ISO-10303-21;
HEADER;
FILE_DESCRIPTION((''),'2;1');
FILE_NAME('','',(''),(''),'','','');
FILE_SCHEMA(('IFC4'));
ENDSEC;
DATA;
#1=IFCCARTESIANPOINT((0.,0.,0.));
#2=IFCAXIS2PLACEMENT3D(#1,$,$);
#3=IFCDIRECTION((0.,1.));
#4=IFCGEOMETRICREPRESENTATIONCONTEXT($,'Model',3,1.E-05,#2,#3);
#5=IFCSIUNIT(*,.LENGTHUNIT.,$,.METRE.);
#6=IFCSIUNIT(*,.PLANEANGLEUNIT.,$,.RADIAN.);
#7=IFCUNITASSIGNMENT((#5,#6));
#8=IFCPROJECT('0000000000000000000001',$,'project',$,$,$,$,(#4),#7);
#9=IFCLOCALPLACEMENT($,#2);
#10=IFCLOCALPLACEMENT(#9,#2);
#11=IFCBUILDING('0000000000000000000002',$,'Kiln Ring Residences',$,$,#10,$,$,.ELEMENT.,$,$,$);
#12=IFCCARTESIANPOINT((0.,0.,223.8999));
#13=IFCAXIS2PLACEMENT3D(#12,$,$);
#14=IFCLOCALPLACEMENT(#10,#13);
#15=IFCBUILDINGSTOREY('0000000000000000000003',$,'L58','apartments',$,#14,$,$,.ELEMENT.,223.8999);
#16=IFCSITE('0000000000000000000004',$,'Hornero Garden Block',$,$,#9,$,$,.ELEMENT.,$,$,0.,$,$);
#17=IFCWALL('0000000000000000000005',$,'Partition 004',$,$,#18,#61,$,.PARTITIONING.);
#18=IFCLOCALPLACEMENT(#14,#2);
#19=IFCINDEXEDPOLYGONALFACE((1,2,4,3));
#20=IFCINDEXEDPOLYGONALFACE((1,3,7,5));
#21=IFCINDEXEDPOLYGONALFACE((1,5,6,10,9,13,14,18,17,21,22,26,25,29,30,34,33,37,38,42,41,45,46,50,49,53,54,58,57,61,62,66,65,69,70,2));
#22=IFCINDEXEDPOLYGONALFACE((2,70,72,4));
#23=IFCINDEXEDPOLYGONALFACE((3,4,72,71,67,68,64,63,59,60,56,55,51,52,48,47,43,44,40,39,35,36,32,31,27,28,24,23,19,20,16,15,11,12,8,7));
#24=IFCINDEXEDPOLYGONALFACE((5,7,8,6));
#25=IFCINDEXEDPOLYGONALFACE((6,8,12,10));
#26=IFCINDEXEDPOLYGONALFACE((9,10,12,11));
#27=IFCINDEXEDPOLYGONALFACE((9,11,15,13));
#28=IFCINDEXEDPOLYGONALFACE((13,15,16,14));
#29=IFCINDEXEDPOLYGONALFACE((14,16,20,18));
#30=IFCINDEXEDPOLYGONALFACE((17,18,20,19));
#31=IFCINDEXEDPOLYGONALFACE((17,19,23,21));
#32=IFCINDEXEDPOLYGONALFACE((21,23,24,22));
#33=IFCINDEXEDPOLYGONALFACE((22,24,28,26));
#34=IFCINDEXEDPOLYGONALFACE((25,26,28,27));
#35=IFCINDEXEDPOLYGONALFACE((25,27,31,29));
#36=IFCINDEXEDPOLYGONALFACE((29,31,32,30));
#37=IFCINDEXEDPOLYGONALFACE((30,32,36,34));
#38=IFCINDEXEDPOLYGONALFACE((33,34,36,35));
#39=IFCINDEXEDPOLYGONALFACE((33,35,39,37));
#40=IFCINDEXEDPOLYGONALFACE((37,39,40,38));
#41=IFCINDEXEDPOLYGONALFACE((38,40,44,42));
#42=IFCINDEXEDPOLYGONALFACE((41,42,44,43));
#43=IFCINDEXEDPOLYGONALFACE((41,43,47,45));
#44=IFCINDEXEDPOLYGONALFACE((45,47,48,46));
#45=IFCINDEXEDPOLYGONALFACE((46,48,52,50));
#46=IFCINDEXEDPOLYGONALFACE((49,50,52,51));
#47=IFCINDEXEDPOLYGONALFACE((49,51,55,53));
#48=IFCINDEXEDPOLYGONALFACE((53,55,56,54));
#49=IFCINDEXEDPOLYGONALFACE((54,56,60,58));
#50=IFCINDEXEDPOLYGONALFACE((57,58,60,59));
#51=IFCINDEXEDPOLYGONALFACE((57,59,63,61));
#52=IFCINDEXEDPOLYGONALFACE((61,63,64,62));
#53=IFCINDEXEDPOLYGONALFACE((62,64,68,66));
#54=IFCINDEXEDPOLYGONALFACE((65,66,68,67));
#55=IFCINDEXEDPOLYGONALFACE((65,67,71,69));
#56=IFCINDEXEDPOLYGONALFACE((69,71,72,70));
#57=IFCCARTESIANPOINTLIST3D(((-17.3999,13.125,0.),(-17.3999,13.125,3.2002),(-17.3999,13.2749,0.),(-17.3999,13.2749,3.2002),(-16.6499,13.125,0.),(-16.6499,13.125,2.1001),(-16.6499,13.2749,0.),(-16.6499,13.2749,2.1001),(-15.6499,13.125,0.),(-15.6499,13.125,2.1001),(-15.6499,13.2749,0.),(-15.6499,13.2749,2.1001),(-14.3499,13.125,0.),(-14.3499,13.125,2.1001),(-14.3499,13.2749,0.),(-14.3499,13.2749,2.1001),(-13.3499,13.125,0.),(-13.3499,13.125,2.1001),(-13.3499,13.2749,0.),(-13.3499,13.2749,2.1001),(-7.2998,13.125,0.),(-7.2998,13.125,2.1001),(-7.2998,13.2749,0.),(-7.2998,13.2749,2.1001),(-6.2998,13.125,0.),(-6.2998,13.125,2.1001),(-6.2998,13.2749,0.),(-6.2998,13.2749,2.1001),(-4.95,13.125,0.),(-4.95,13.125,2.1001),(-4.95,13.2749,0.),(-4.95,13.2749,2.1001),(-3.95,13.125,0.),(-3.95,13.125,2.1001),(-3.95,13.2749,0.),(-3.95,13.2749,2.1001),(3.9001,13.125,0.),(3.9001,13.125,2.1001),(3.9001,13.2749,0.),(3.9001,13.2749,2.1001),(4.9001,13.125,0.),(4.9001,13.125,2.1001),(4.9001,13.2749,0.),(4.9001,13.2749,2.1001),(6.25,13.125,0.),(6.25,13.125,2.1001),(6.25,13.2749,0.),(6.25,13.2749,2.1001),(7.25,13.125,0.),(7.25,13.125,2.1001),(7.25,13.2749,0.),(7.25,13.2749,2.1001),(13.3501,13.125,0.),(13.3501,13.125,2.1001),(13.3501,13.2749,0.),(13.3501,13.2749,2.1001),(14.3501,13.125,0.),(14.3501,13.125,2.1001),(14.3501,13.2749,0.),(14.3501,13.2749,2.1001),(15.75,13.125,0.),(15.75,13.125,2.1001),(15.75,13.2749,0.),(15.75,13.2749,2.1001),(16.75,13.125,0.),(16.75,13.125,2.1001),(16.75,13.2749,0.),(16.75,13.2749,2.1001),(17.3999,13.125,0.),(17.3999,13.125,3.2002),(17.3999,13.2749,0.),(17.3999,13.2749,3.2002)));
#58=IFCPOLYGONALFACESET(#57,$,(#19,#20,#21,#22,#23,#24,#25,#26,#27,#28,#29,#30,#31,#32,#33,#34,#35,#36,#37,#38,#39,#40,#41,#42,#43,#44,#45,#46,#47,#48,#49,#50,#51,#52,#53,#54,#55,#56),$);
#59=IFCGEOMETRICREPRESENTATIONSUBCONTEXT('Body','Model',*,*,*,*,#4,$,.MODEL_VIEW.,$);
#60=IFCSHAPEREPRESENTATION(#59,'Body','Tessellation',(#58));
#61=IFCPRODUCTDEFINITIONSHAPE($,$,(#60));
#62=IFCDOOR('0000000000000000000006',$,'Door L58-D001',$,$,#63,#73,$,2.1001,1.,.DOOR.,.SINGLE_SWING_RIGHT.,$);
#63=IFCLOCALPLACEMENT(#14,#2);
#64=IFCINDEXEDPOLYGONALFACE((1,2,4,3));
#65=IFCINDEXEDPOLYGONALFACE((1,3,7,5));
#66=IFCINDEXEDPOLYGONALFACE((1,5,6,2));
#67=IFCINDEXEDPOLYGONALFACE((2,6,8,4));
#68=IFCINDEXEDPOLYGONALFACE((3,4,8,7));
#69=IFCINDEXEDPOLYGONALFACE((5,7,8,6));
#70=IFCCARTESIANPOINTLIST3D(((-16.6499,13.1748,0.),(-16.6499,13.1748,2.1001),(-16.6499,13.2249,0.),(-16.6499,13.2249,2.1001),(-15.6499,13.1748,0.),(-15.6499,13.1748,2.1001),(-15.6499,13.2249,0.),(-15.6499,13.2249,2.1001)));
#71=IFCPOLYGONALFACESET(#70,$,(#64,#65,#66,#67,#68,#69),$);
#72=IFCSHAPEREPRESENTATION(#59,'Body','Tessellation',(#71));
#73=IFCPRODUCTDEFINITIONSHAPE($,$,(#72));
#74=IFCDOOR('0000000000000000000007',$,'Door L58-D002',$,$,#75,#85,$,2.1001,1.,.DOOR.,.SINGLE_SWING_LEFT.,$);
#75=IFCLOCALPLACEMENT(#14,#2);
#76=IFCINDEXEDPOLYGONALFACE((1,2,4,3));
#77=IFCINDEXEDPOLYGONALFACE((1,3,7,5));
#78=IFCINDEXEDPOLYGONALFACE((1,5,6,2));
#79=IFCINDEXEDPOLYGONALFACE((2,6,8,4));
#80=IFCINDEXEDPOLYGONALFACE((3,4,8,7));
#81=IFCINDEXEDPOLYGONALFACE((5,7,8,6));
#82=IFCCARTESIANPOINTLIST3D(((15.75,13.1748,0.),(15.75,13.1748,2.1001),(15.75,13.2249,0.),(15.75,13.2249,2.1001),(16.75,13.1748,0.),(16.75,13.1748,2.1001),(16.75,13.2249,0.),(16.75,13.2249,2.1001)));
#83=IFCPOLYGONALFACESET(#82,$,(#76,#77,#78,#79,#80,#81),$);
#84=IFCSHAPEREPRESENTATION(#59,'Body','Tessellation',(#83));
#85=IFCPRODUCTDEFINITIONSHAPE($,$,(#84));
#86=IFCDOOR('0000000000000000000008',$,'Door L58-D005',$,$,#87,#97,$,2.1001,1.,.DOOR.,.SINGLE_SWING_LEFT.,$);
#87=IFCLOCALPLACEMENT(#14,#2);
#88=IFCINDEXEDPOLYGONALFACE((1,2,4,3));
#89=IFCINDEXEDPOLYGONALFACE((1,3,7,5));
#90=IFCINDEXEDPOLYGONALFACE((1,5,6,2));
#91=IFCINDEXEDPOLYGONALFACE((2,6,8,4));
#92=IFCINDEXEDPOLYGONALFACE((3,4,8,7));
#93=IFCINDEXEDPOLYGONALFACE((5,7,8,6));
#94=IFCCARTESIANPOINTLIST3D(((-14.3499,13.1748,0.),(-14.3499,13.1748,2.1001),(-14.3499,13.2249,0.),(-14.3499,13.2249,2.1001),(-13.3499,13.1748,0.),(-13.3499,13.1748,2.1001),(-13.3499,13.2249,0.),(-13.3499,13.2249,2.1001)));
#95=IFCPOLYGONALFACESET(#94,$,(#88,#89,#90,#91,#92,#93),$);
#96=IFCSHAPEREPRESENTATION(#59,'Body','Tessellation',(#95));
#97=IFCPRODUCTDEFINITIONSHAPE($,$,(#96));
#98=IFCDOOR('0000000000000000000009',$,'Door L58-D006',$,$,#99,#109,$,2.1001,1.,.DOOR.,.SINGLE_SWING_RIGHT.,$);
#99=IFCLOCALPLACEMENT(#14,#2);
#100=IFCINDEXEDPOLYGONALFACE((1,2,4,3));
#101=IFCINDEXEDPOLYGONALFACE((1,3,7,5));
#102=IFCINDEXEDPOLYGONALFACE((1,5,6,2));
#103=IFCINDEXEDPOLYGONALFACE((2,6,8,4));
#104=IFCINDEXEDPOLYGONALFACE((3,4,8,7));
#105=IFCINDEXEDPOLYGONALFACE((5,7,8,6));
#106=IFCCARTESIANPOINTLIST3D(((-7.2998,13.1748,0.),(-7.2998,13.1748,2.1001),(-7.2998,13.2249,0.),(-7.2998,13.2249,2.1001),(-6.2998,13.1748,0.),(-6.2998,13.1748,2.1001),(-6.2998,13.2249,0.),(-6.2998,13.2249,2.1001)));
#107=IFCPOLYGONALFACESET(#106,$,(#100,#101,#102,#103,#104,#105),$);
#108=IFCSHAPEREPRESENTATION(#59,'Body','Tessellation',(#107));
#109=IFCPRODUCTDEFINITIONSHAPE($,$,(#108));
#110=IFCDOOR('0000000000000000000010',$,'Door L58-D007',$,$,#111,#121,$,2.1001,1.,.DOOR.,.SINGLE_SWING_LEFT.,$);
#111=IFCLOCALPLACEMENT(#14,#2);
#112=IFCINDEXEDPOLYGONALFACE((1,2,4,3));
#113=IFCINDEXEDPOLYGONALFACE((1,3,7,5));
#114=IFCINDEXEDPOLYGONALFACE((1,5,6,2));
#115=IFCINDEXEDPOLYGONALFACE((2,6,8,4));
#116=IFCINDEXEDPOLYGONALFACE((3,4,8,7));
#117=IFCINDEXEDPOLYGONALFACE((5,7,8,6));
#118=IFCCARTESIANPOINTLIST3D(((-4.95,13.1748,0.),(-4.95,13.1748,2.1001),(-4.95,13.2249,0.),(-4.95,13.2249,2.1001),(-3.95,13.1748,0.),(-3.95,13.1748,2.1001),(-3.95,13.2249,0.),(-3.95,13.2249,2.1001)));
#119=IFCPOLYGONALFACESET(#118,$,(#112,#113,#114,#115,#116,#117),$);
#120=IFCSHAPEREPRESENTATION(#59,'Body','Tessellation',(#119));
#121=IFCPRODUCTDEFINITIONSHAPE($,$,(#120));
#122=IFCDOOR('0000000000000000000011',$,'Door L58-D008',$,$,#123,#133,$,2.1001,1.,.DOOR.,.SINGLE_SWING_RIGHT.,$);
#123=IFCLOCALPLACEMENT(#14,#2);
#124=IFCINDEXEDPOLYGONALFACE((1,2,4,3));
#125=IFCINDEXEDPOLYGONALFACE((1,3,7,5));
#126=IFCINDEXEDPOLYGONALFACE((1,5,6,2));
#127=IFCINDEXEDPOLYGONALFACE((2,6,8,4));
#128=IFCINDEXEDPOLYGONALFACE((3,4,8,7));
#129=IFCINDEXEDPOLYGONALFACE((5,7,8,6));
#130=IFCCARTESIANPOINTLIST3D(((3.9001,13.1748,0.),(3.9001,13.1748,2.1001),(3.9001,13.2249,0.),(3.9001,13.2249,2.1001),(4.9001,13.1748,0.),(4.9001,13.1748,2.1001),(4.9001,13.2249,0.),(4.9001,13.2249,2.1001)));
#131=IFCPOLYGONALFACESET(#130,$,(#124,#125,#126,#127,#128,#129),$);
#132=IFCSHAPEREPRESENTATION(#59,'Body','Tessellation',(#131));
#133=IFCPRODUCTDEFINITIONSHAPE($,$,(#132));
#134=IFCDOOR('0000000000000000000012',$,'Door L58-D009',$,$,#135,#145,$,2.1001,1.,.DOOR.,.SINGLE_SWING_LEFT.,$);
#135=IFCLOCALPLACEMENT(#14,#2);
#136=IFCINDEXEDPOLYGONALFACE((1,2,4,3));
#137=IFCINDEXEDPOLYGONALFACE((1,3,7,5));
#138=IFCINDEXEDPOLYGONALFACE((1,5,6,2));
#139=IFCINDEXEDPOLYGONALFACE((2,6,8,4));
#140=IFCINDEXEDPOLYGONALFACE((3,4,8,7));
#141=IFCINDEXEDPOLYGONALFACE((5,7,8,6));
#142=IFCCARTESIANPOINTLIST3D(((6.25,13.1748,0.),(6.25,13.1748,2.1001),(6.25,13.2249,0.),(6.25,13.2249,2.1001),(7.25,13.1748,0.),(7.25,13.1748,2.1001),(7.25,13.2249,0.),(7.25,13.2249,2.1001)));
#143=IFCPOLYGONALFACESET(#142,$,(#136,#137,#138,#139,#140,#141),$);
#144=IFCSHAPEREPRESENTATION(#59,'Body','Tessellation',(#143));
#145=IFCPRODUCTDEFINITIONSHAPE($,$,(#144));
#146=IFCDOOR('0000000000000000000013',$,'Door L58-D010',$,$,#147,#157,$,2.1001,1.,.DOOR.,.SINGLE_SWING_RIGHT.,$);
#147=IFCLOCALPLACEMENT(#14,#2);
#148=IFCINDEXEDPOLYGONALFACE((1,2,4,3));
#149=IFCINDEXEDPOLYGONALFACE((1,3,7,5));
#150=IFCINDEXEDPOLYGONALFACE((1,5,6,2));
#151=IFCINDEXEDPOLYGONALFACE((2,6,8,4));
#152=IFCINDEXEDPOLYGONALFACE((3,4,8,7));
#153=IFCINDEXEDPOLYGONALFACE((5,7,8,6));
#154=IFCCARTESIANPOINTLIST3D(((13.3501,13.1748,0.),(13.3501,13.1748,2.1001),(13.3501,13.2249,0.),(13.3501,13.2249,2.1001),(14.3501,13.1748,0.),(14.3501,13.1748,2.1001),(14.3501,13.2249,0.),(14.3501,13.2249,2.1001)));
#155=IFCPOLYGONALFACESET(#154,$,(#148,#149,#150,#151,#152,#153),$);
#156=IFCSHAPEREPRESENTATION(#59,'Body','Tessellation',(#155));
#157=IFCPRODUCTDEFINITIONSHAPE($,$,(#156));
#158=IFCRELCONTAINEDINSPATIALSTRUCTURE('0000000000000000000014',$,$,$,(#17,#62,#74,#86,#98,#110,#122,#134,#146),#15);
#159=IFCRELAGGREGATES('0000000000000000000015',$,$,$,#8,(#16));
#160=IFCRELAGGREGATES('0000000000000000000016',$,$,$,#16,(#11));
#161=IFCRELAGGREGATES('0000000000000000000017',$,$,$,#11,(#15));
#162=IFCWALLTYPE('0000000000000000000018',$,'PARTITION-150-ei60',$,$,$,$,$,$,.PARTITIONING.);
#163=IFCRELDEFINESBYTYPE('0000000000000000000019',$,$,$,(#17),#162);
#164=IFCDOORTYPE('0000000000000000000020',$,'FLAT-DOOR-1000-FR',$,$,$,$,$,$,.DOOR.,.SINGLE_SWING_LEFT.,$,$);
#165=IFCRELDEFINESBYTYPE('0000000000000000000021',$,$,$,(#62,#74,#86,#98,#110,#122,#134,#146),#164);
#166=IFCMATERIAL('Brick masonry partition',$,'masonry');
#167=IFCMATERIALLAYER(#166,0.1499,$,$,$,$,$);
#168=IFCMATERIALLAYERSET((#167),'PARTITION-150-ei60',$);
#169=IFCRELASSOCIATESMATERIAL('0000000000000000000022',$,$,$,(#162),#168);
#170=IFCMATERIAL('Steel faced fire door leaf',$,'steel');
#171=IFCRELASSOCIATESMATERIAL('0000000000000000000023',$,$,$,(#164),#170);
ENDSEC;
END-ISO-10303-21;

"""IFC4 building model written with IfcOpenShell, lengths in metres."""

from ifc_helpers import new_model, si_unit, direction, frame, frame_2d, origin, place, context, subcontext, project, spatial, rectangle, extrude, material, layer, layer_set, type_object, element, fill, save


model = new_model("IFC4")

# Units and contexts
model_context = context("Model", 3, precision=1e-05, world=origin(), true_north=direction((0.0, 1.0)))
body_context = subcontext(model_context, "Body", "Model", "MODEL_VIEW")
ifc_project = project(units=[si_unit("LENGTHUNIT", "METRE"), si_unit("PLANEANGLEUNIT", "RADIAN")], contexts=[model_context])

# Site, building, storey
site_placement = place(None, origin())
site = spatial("IfcSite", under=ifc_project, at=site_placement, Name="Hornero Garden Block", CompositionType="ELEMENT", RefElevation=0.0)
building_placement = place(site_placement, origin())
building = spatial("IfcBuilding", under=site, at=building_placement, Name="Kiln Ring Residences", CompositionType="ELEMENT")
storey_placement = place(building_placement, frame((0.0, 0.0, 223.8999)))
storey = spatial("IfcBuildingStorey", under=building, at=storey_placement, Name="L58", Description="apartments", CompositionType="ELEMENT", Elevation=223.8999)

# Wall, openings, doors
ifc_material_1 = material(Name="Brick masonry partition", Category="masonry")
ifc_layer_1 = layer(ifc_material_1, 0.1499)
ifc_layer_set_1 = layer_set([ifc_layer_1], Name="PARTITION-150-ei60")
wall_type_1 = type_object("IfcWallType", Name="PARTITION-150-ei60", PredefinedType="PARTITIONING", material=ifc_layer_set_1)
wall_1_placement = place(storey_placement, frame((-17.3999, 13.2, 0.0), z_axis=(0.0, 0.0, 1.0), x_axis=(1.0, 0.0, 0.0)))
wall_1 = element("IfcWall", 1, at=wall_1_placement, inside=storey, type_object=wall_type_1, Name="Partition 004", PredefinedType="PARTITIONING", context=body_context, shape_type="SweptSolid", body=[
    extrude(rectangle(XDim=34.7998, YDim=0.1499, at=frame_2d((17.3999, 0.0))), origin(), (0.0, 0.0, 1.0), 3.2002),
])
opening_1_placement = place(wall_1_placement, frame((0.75, 0.0, 0.0)))
opening_1 = element("IfcOpeningElement", 2, at=opening_1_placement, cuts=wall_1, PredefinedType="OPENING", context=body_context, shape_type="SweptSolid", body=[
    extrude(rectangle(XDim=1.0, YDim=2.1001, at=frame_2d((0.5, 1.05))), frame((0.0, 0.085, 0.0), z_axis=(0.0, -1.0, 0.0), x_axis=(1.0, 0.0, 0.0)), (0.0, 0.0, 1.0), 0.1699),
])
opening_2_placement = place(wall_1_placement, frame((33.1499, 0.0, 0.0)))
opening_2 = element("IfcOpeningElement", 3, at=opening_2_placement, cuts=wall_1, PredefinedType="OPENING", context=body_context, shape_type="SweptSolid", body=[
    extrude(rectangle(XDim=1.0, YDim=2.1001, at=frame_2d((0.5, 1.05))), frame((0.0, 0.085, 0.0), z_axis=(0.0, -1.0, 0.0), x_axis=(1.0, 0.0, 0.0)), (0.0, 0.0, 1.0), 0.1699),
])
opening_3_placement = place(wall_1_placement, frame((3.05, 0.0, 0.0)))
opening_3 = element("IfcOpeningElement", 4, at=opening_3_placement, cuts=wall_1, PredefinedType="OPENING", context=body_context, shape_type="SweptSolid", body=[
    extrude(rectangle(XDim=1.0, YDim=2.1001, at=frame_2d((0.5, 1.05))), frame((0.0, 0.085, 0.0), z_axis=(0.0, -1.0, 0.0), x_axis=(1.0, 0.0, 0.0)), (0.0, 0.0, 1.0), 0.1699),
])
opening_4_placement = place(wall_1_placement, frame((10.1001, 0.0, 0.0)))
opening_4 = element("IfcOpeningElement", 5, at=opening_4_placement, cuts=wall_1, PredefinedType="OPENING", context=body_context, shape_type="SweptSolid", body=[
    extrude(rectangle(XDim=1.0, YDim=2.1001, at=frame_2d((0.5, 1.05))), frame((0.0, 0.085, 0.0), z_axis=(0.0, -1.0, 0.0), x_axis=(1.0, 0.0, 0.0)), (0.0, 0.0, 1.0), 0.1699),
])
opening_5_placement = place(wall_1_placement, frame((12.45, 0.0, 0.0)))
opening_5 = element("IfcOpeningElement", 6, at=opening_5_placement, cuts=wall_1, PredefinedType="OPENING", context=body_context, shape_type="SweptSolid", body=[
    extrude(rectangle(XDim=1.0, YDim=2.1001, at=frame_2d((0.5, 1.05))), frame((0.0, 0.085, 0.0), z_axis=(0.0, -1.0, 0.0), x_axis=(1.0, 0.0, 0.0)), (0.0, 0.0, 1.0), 0.1699),
])
opening_6_placement = place(wall_1_placement, frame((21.3, 0.0, 0.0)))
opening_6 = element("IfcOpeningElement", 7, at=opening_6_placement, cuts=wall_1, PredefinedType="OPENING", context=body_context, shape_type="SweptSolid", body=[
    extrude(rectangle(XDim=1.0, YDim=2.1001, at=frame_2d((0.5, 1.05))), frame((0.0, 0.085, 0.0), z_axis=(0.0, -1.0, 0.0), x_axis=(1.0, 0.0, 0.0)), (0.0, 0.0, 1.0), 0.1699),
])
opening_7_placement = place(wall_1_placement, frame((23.6499, 0.0, 0.0)))
opening_7 = element("IfcOpeningElement", 8, at=opening_7_placement, cuts=wall_1, PredefinedType="OPENING", context=body_context, shape_type="SweptSolid", body=[
    extrude(rectangle(XDim=1.0, YDim=2.1001, at=frame_2d((0.5, 1.05))), frame((0.0, 0.085, 0.0), z_axis=(0.0, -1.0, 0.0), x_axis=(1.0, 0.0, 0.0)), (0.0, 0.0, 1.0), 0.1699),
])
opening_8_placement = place(wall_1_placement, frame((30.75, 0.0, 0.0)))
opening_8 = element("IfcOpeningElement", 9, at=opening_8_placement, cuts=wall_1, PredefinedType="OPENING", context=body_context, shape_type="SweptSolid", body=[
    extrude(rectangle(XDim=1.0, YDim=2.1001, at=frame_2d((0.5, 1.05))), frame((0.0, 0.085, 0.0), z_axis=(0.0, -1.0, 0.0), x_axis=(1.0, 0.0, 0.0)), (0.0, 0.0, 1.0), 0.1699),
])
ifc_material_2 = material(Name="Steel faced fire door leaf", Category="steel")
door_type_1 = type_object("IfcDoorType", Name="FLAT-DOOR-1000-FR", OperationType="SINGLE_SWING_LEFT", PredefinedType="DOOR", material=ifc_material_2)
door_1_placement = place(opening_1_placement, origin())
door_1 = element("IfcDoor", 10, at=door_1_placement, inside=storey, type_object=door_type_1, Name="Door L58-D001", OperationType="SINGLE_SWING_RIGHT", OverallHeight=2.1001, OverallWidth=1.0, PredefinedType="DOOR", context=body_context, shape_type="SweptSolid", body=[
    extrude(rectangle(XDim=1.0, YDim=2.1001, at=frame_2d((0.5, 1.05))), frame((0.0, 0.0249, 0.0), z_axis=(0.0, -1.0, 0.0), x_axis=(1.0, 0.0, 0.0)), (0.0, 0.0, 1.0), 0.05),
])
fill(opening_1, door_1)
door_2_placement = place(opening_2_placement, origin())
door_2 = element("IfcDoor", 11, at=door_2_placement, inside=storey, type_object=door_type_1, Name="Door L58-D002", OperationType="SINGLE_SWING_LEFT", OverallHeight=2.1001, OverallWidth=1.0, PredefinedType="DOOR", context=body_context, shape_type="SweptSolid", body=[
    extrude(rectangle(XDim=1.0, YDim=2.1001, at=frame_2d((0.5, 1.05))), frame((0.0, 0.0249, 0.0), z_axis=(0.0, -1.0, 0.0), x_axis=(1.0, 0.0, 0.0)), (0.0, 0.0, 1.0), 0.05),
])
fill(opening_2, door_2)
door_3_placement = place(opening_3_placement, origin())
door_3 = element("IfcDoor", 12, at=door_3_placement, inside=storey, type_object=door_type_1, Name="Door L58-D005", OperationType="SINGLE_SWING_LEFT", OverallHeight=2.1001, OverallWidth=1.0, PredefinedType="DOOR", context=body_context, shape_type="SweptSolid", body=[
    extrude(rectangle(XDim=1.0, YDim=2.1001, at=frame_2d((0.5, 1.05))), frame((0.0, 0.0249, 0.0), z_axis=(0.0, -1.0, 0.0), x_axis=(1.0, 0.0, 0.0)), (0.0, 0.0, 1.0), 0.05),
])
fill(opening_3, door_3)
door_4_placement = place(opening_4_placement, origin())
door_4 = element("IfcDoor", 13, at=door_4_placement, inside=storey, type_object=door_type_1, Name="Door L58-D006", OperationType="SINGLE_SWING_RIGHT", OverallHeight=2.1001, OverallWidth=1.0, PredefinedType="DOOR", context=body_context, shape_type="SweptSolid", body=[
    extrude(rectangle(XDim=1.0, YDim=2.1001, at=frame_2d((0.5, 1.05))), frame((0.0, 0.0249, 0.0), z_axis=(0.0, -1.0, 0.0), x_axis=(1.0, 0.0, 0.0)), (0.0, 0.0, 1.0), 0.05),
])
fill(opening_4, door_4)
door_5_placement = place(opening_5_placement, origin())
door_5 = element("IfcDoor", 14, at=door_5_placement, inside=storey, type_object=door_type_1, Name="Door L58-D007", OperationType="SINGLE_SWING_LEFT", OverallHeight=2.1001, OverallWidth=1.0, PredefinedType="DOOR", context=body_context, shape_type="SweptSolid", body=[
    extrude(rectangle(XDim=1.0, YDim=2.1001, at=frame_2d((0.5, 1.05))), frame((0.0, 0.0249, 0.0), z_axis=(0.0, -1.0, 0.0), x_axis=(1.0, 0.0, 0.0)), (0.0, 0.0, 1.0), 0.05),
])
fill(opening_5, door_5)
door_6_placement = place(opening_6_placement, origin())
door_6 = element("IfcDoor", 15, at=door_6_placement, inside=storey, type_object=door_type_1, Name="Door L58-D008", OperationType="SINGLE_SWING_RIGHT", OverallHeight=2.1001, OverallWidth=1.0, PredefinedType="DOOR", context=body_context, shape_type="SweptSolid", body=[
    extrude(rectangle(XDim=1.0, YDim=2.1001, at=frame_2d((0.5, 1.05))), frame((0.0, 0.0249, 0.0), z_axis=(0.0, -1.0, 0.0), x_axis=(1.0, 0.0, 0.0)), (0.0, 0.0, 1.0), 0.05),
])
fill(opening_6, door_6)
door_7_placement = place(opening_7_placement, origin())
door_7 = element("IfcDoor", 16, at=door_7_placement, inside=storey, type_object=door_type_1, Name="Door L58-D009", OperationType="SINGLE_SWING_LEFT", OverallHeight=2.1001, OverallWidth=1.0, PredefinedType="DOOR", context=body_context, shape_type="SweptSolid", body=[
    extrude(rectangle(XDim=1.0, YDim=2.1001, at=frame_2d((0.5, 1.05))), frame((0.0, 0.0249, 0.0), z_axis=(0.0, -1.0, 0.0), x_axis=(1.0, 0.0, 0.0)), (0.0, 0.0, 1.0), 0.05),
])
fill(opening_7, door_7)
door_8_placement = place(opening_8_placement, origin())
door_8 = element("IfcDoor", 17, at=door_8_placement, inside=storey, type_object=door_type_1, Name="Door L58-D010", OperationType="SINGLE_SWING_RIGHT", OverallHeight=2.1001, OverallWidth=1.0, PredefinedType="DOOR", context=body_context, shape_type="SweptSolid", body=[
    extrude(rectangle(XDim=1.0, YDim=2.1001, at=frame_2d((0.5, 1.05))), frame((0.0, 0.0249, 0.0), z_axis=(0.0, -1.0, 0.0), x_axis=(1.0, 0.0, 0.0)), (0.0, 0.0, 1.0), 0.05),
])
fill(opening_8, door_8)

save(model, "model.ifc")
